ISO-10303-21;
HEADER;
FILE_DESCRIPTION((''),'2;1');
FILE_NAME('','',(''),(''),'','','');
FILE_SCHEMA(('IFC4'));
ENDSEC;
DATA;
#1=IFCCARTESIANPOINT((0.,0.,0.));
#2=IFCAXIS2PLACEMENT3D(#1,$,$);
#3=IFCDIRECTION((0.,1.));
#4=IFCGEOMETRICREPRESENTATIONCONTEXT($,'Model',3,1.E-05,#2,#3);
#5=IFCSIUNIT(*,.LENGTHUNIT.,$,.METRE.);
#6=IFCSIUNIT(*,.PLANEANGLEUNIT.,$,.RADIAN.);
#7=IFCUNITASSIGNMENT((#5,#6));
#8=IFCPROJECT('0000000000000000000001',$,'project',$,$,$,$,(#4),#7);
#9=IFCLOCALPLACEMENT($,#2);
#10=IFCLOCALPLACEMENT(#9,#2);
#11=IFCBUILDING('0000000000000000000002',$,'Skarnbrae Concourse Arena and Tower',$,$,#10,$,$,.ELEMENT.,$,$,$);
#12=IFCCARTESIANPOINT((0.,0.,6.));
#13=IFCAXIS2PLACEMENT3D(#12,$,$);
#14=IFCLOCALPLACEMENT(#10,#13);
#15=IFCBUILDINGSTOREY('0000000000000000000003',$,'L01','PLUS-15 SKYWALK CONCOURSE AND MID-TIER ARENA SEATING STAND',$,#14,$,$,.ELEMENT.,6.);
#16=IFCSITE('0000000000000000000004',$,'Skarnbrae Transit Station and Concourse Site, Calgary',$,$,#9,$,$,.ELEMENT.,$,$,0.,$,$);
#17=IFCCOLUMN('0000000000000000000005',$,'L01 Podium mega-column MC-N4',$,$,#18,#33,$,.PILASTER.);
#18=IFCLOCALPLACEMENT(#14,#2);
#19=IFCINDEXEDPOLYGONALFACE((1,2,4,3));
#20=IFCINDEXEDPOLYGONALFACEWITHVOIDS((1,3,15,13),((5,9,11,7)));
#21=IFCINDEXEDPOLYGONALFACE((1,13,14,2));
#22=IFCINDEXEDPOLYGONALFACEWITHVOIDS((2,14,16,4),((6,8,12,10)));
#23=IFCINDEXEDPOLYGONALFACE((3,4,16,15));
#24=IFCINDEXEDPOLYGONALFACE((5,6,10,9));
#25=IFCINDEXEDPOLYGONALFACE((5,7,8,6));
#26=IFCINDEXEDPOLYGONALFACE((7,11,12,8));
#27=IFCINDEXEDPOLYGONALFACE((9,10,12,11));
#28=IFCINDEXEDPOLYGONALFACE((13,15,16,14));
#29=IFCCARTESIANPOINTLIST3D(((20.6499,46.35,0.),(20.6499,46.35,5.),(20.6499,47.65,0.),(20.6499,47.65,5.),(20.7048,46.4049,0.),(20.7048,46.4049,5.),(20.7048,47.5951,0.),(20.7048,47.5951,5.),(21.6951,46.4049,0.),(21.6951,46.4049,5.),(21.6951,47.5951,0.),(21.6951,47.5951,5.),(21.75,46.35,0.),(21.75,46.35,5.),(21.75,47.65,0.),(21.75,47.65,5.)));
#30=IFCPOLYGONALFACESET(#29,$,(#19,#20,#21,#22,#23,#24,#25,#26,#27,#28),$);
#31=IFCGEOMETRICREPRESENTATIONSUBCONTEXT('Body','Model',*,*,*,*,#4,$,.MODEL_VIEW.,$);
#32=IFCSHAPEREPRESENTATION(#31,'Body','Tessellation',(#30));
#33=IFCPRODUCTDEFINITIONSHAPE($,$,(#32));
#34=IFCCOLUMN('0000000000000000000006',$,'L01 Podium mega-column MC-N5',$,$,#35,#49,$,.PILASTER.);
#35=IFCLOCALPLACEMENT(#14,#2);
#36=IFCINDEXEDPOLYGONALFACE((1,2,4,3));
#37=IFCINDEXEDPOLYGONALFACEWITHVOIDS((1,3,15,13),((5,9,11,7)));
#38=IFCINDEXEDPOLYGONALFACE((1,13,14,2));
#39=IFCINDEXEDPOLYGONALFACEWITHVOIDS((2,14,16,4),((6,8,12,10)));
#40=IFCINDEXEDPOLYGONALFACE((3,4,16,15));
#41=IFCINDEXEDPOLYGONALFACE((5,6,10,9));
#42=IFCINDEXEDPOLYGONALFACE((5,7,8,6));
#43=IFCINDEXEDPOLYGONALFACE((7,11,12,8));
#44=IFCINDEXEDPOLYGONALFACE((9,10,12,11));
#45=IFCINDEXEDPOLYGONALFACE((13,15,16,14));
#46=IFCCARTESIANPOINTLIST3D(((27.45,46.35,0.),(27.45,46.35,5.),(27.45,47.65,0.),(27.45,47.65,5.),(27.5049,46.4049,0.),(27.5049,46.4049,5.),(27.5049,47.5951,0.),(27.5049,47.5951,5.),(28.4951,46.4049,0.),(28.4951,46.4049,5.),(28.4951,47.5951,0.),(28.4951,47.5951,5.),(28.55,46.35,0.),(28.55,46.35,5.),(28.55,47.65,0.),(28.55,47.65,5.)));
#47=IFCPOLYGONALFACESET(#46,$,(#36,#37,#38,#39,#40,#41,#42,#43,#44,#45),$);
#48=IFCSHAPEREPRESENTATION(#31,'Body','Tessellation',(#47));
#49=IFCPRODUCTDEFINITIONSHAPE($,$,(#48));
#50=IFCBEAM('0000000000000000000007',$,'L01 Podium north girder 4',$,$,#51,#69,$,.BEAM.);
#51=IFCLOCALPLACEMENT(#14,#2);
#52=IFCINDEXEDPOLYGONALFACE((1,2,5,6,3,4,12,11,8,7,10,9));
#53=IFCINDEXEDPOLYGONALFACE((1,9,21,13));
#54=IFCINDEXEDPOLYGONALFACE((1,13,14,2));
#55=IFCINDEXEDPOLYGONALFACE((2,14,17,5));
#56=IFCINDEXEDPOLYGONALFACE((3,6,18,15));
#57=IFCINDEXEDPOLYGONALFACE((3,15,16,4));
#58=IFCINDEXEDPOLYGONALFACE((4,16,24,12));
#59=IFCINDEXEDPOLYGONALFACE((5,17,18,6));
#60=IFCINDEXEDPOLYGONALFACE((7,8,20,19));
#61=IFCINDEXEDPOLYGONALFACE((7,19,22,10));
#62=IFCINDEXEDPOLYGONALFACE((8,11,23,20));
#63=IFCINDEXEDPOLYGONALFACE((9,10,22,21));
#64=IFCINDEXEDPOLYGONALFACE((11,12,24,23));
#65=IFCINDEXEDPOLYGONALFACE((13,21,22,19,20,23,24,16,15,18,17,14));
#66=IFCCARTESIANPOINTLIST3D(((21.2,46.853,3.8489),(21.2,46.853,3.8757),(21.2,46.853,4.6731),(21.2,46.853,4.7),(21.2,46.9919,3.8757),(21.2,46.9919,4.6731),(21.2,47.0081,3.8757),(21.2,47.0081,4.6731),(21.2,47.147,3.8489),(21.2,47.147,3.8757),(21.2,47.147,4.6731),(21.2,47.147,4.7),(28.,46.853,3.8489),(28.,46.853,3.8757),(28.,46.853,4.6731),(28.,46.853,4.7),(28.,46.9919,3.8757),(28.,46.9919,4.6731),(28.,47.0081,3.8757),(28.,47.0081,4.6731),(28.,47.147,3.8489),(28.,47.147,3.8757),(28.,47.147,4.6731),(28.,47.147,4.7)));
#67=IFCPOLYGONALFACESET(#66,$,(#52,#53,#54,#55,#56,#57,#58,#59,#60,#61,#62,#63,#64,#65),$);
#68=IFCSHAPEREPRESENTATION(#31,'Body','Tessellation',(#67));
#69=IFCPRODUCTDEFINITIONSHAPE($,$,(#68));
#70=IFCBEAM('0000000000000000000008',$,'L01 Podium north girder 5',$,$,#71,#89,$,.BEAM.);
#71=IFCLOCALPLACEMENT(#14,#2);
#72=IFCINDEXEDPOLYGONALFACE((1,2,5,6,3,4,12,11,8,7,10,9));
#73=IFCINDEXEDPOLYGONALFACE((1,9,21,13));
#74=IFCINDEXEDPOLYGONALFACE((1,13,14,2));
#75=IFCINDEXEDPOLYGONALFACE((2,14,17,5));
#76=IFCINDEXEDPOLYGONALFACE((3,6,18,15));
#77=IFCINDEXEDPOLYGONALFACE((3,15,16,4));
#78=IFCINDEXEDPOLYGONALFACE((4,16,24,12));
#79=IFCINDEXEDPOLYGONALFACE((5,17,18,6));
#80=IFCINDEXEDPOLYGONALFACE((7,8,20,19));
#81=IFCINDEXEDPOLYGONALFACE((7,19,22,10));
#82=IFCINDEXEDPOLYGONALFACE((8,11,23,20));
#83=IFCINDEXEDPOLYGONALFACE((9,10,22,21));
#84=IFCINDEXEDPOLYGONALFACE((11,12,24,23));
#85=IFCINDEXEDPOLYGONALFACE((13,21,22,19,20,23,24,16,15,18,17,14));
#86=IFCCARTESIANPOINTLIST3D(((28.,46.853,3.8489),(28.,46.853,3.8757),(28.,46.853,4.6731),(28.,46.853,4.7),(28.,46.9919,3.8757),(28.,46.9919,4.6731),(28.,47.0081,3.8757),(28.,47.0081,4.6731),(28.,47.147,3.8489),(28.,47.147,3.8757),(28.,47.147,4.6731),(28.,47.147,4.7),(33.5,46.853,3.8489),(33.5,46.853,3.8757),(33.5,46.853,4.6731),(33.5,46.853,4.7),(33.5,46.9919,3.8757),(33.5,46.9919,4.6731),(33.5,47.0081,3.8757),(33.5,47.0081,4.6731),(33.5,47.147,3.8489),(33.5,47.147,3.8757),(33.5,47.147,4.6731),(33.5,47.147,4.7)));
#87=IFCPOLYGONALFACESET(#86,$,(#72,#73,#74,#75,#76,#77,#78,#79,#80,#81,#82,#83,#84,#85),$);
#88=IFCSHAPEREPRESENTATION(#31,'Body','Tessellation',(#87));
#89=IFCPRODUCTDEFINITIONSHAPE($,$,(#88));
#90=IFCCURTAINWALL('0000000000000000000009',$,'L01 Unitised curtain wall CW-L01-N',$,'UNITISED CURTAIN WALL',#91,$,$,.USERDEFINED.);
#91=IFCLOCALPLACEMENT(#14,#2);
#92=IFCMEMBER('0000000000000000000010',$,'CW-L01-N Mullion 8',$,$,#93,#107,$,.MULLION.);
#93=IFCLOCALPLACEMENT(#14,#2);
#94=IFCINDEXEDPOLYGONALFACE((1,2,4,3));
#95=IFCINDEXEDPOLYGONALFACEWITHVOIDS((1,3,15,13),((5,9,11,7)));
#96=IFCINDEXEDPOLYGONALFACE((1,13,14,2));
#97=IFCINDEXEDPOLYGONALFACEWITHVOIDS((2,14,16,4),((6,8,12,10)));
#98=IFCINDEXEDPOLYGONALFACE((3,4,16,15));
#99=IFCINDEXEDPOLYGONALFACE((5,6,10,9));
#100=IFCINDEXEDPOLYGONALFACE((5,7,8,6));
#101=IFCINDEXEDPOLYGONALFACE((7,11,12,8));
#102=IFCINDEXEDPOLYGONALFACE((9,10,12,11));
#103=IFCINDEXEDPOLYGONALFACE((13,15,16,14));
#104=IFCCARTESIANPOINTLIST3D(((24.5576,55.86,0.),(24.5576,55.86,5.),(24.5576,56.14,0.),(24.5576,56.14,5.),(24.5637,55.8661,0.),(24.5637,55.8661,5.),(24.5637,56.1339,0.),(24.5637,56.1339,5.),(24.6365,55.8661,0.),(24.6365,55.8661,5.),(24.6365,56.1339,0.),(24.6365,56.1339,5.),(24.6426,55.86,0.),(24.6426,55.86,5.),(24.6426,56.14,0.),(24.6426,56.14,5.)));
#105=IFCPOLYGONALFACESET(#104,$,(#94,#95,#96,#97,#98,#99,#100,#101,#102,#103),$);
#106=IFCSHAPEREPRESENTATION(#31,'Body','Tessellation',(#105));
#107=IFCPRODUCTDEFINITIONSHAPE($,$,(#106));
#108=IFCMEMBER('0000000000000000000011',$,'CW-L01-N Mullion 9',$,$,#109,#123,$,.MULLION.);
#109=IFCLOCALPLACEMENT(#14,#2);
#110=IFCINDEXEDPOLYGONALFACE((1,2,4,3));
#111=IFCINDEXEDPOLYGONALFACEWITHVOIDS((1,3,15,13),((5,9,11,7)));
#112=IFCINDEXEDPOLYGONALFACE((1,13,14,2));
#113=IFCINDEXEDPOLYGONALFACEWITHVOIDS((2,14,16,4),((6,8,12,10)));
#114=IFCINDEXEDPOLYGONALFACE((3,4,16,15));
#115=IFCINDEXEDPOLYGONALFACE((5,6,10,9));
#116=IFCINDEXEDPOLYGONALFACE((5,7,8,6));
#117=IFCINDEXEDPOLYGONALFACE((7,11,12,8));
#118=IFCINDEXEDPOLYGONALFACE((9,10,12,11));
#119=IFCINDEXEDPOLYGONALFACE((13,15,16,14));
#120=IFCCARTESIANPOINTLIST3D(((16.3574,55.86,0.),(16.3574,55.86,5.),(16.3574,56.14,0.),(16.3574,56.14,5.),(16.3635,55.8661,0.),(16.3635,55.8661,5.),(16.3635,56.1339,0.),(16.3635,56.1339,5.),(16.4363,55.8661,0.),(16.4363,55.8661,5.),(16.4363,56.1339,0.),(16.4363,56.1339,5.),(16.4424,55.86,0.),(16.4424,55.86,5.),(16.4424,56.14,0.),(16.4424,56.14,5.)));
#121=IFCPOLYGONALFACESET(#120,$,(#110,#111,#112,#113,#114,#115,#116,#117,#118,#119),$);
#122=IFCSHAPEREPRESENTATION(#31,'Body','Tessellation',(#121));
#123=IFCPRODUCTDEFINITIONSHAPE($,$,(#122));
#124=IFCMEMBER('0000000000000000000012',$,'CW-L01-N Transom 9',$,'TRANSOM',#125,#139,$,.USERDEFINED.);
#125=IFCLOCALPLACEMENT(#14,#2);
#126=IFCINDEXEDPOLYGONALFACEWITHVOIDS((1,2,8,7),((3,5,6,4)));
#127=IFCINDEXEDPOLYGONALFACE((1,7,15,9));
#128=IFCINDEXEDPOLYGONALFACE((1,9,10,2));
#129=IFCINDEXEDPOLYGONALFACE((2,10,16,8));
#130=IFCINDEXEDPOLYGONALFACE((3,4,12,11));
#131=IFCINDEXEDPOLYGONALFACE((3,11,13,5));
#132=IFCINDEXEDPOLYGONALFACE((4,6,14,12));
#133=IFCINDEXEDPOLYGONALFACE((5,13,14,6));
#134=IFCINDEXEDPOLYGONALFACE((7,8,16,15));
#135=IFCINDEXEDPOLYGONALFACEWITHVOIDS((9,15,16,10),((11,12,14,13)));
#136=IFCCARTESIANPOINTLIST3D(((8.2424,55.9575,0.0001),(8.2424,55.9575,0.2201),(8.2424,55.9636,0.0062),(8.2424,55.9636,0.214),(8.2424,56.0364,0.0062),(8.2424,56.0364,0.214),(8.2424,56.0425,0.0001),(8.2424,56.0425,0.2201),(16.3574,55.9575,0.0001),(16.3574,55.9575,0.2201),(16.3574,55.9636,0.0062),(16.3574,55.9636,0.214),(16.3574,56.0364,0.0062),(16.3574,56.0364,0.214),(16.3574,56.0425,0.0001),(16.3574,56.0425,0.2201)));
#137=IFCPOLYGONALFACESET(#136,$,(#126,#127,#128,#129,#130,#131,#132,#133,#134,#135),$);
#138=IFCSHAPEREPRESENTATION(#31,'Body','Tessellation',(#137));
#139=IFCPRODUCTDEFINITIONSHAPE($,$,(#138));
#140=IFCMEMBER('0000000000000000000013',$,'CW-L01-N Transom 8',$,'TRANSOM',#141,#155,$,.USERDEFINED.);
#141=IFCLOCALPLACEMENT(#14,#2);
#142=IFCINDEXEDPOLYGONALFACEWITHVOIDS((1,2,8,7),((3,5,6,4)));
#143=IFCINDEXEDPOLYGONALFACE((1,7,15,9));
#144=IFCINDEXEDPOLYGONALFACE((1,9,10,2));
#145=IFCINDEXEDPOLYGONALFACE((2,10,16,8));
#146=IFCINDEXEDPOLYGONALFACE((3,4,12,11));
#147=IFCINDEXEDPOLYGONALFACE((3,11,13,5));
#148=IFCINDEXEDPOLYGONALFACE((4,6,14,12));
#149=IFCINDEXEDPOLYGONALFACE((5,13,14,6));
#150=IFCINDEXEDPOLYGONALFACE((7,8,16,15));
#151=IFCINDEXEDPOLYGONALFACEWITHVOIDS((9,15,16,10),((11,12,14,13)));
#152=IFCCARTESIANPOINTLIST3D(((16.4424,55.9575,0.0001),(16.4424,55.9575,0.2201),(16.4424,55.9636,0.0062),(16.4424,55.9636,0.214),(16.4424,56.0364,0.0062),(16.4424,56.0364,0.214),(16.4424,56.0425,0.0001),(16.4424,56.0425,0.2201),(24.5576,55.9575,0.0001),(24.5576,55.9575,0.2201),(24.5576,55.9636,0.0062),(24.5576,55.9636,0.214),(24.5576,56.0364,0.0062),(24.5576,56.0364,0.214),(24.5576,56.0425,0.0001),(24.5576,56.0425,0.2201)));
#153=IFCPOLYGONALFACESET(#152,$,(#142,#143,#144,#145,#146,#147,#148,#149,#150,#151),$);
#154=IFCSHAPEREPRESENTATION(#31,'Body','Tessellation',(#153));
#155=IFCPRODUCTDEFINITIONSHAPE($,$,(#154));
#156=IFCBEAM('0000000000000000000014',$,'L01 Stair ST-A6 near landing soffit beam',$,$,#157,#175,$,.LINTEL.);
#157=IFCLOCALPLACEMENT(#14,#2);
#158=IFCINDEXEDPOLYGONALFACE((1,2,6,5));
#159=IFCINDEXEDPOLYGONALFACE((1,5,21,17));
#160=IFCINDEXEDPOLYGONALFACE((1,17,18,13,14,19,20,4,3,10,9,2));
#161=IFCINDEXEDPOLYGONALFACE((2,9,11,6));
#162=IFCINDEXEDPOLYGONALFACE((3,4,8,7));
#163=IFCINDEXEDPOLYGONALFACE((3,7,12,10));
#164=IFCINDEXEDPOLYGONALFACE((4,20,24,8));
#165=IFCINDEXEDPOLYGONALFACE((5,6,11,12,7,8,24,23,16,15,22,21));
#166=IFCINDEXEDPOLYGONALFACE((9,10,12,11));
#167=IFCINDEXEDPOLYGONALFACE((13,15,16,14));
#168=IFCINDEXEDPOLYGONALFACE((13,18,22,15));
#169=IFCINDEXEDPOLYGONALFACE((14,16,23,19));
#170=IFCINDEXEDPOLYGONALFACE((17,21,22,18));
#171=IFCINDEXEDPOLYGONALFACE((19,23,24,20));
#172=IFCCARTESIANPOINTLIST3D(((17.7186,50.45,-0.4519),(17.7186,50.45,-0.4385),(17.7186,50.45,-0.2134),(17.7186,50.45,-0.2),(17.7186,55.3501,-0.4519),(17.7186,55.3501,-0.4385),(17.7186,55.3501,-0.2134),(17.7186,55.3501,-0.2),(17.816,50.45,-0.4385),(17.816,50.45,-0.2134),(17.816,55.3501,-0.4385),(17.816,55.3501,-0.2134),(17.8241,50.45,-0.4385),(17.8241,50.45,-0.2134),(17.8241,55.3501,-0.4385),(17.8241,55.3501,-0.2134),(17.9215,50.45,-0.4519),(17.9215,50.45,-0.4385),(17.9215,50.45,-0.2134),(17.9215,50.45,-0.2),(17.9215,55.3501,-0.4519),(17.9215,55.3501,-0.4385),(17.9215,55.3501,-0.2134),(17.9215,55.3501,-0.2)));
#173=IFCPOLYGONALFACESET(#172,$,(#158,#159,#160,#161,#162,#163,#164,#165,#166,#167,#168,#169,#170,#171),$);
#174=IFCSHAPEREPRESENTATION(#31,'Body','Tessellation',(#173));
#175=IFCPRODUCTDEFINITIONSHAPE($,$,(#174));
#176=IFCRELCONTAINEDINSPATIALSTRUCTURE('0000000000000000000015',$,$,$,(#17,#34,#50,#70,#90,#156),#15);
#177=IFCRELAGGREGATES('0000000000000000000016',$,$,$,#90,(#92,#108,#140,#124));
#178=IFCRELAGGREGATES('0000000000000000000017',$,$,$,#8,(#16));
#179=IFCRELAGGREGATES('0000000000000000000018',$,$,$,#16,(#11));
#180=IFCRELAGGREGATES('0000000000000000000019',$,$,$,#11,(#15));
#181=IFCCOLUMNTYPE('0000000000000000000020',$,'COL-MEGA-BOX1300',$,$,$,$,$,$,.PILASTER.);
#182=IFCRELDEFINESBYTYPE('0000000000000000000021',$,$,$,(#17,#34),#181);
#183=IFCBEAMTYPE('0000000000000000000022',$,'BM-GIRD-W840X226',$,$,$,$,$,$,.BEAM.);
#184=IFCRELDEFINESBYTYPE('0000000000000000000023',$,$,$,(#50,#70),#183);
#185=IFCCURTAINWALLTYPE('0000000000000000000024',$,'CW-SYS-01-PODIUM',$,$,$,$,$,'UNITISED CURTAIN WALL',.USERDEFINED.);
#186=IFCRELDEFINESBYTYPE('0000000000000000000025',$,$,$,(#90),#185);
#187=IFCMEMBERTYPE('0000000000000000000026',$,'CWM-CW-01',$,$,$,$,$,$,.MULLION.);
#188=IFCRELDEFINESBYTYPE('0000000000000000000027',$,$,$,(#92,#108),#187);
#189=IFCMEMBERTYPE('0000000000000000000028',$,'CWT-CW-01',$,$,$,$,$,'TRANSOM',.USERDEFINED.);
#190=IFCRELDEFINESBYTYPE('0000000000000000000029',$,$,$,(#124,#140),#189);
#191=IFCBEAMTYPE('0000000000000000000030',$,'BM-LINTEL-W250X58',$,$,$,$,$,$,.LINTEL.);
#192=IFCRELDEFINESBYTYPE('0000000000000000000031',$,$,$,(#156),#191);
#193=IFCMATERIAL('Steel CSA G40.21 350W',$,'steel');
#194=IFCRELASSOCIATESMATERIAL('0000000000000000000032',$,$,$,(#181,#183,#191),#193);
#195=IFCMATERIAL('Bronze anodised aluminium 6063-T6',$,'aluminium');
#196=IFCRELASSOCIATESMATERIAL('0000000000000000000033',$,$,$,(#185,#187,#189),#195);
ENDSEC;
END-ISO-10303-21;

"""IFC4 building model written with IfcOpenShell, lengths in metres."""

from ifc_helpers import new_model, si_unit, direction, frame, origin, origin_2d, place, context, subcontext, project, spatial, hollow_rectangle, i_section, extrude, source, transform, mapped, material, material_profile, profile_set, type_object, element, aggregate, save


model = new_model("IFC4")

# Units and contexts
model_context = context("Model", 3, precision=1e-05, world=origin(), true_north=direction((0.0, 1.0)))
body_context = subcontext(model_context, "Body", "Model", "MODEL_VIEW")
ifc_project = project(units=[si_unit("LENGTHUNIT", "METRE"), si_unit("PLANEANGLEUNIT", "RADIAN")], contexts=[model_context])

# Site, building, storey
site_placement = place(None, origin())
site = spatial("IfcSite", under=ifc_project, at=site_placement, Name="Skarnbrae Transit Station and Concourse Site, Calgary", CompositionType="ELEMENT", RefElevation=0.0)
building_placement = place(site_placement, origin())
building = spatial("IfcBuilding", under=site, at=building_placement, Name="Skarnbrae Concourse Arena and Tower", CompositionType="ELEMENT")
storey_placement = place(building_placement, frame((0.0, 0.0, 6.0)))
storey = spatial("IfcBuildingStorey", under=building, at=storey_placement, Name="L01", Description="PLUS-15 SKYWALK CONCOURSE AND MID-TIER ARENA SEATING STAND", CompositionType="ELEMENT", Elevation=6.0)

# Columns
ifc_material_1 = material(Name="Steel CSA G40.21 350W", Category="steel")
ifc_material_profile_1 = material_profile(ifc_material_1, hollow_rectangle(XDim=1.1001, YDim=1.3, WallThickness=0.0549, at=origin_2d()), Name="BOX1300X1100X55")
ifc_profile_set_1 = profile_set([ifc_material_profile_1], Name="Steel CSA G40.21 350W")
column_type = type_object("IfcColumnType", Name="COL-MEGA-BOX1300", PredefinedType="PILASTER", material=ifc_profile_set_1)
shared_shape_1 = source(origin(), body_context, "Body", "SweptSolid", [
    extrude(hollow_rectangle(XDim=1.1001, YDim=1.3, WallThickness=0.0549, at=origin_2d()), origin(), (0.0, 0.0, 1.0), 5.0),
])
for number, where, z_axis, x_axis, name in (
    (1, (21.2, 47.0, 0.0), (0.0, 0.0, 1.0), (1.0, 0.0, 0.0), "L01 Podium mega-column MC-N4"),
    (2, (28.0, 47.0, 0.0), (0.0, 0.0, 1.0), (1.0, 0.0, 0.0), "L01 Podium mega-column MC-N5"),
):
    element("IfcColumn", number, at=place(storey_placement, frame(where, z_axis=z_axis, x_axis=x_axis)), inside=storey, type_object=column_type, Name=name, PredefinedType="PILASTER", context=body_context, shape_type="MappedRepresentation", body=[
        mapped(shared_shape_1, transform((0.0, 0.0, 0.0))),
    ])

# Beams
ifc_material_profile_2 = material_profile(ifc_material_1, i_section(OverallWidth=0.2939, OverallDepth=0.8511, WebThickness=0.0161, FlangeThickness=0.0269, at=origin_2d()), Name="W840X226")
ifc_profile_set_2 = profile_set([ifc_material_profile_2], Name="Steel CSA G40.21 350W")
beam_type_1 = type_object("IfcBeamType", Name="BM-GIRD-W840X226", PredefinedType="BEAM", material=ifc_profile_set_2)
shared_shape_2 = source(origin(), body_context, "Body", "SweptSolid", [
    extrude(i_section(OverallWidth=0.2939, OverallDepth=0.8511, WebThickness=0.0161, FlangeThickness=0.0269, at=origin_2d()), origin(), (0.0, 0.0, 1.0), 6.8),
])
beam_1_placement = place(storey_placement, frame((21.2, 47.0, 4.2744), z_axis=(1.0, 0.0, 0.0), x_axis=(0.0, 1.0, 0.0)))
element("IfcBeam", 3, at=beam_1_placement, inside=storey, type_object=beam_type_1, Name="L01 Podium north girder 4", PredefinedType="BEAM", context=body_context, shape_type="MappedRepresentation", body=[
    mapped(shared_shape_2, transform((0.0, 0.0, 0.0))),
])
shared_shape_3 = source(origin(), body_context, "Body", "SweptSolid", [
    extrude(i_section(OverallWidth=0.2939, OverallDepth=0.8511, WebThickness=0.0161, FlangeThickness=0.0269, at=origin_2d()), origin(), (0.0, 0.0, 1.0), 5.5),
])
beam_2_placement = place(storey_placement, frame((28.0, 47.0, 4.2744), z_axis=(1.0, 0.0, 0.0), x_axis=(0.0, 1.0, 0.0)))
element("IfcBeam", 4, at=beam_2_placement, inside=storey, type_object=beam_type_1, Name="L01 Podium north girder 5", PredefinedType="BEAM", context=body_context, shape_type="MappedRepresentation", body=[
    mapped(shared_shape_3, transform((0.0, 0.0, 0.0))),
])

# Curtain wall, members
ifc_material_2 = material(Name="Bronze anodised aluminium 6063-T6", Category="aluminium")
curtain_wall_type = type_object("IfcCurtainWallType", Name="CW-SYS-01-PODIUM", ElementType="UNITISED CURTAIN WALL", PredefinedType="USERDEFINED", material=ifc_material_2)
curtain_wall_placement = place(storey_placement, origin())
curtain_wall = element("IfcCurtainWall", 5, at=curtain_wall_placement, inside=storey, type_object=curtain_wall_type, Name="L01 Unitised curtain wall CW-L01-N", ObjectType="UNITISED CURTAIN WALL", PredefinedType="USERDEFINED")
ifc_material_profile_3 = material_profile(ifc_material_2, hollow_rectangle(XDim=0.085, YDim=0.28, WallThickness=0.0061, at=origin_2d()), Name="ALU-MULL-85X280")
ifc_profile_set_3 = profile_set([ifc_material_profile_3], Name="Bronze anodised aluminium 6063-T6")
member_type_1 = type_object("IfcMemberType", Name="CWM-CW-01", PredefinedType="MULLION", material=ifc_profile_set_3)
shared_shape_4 = source(origin(), body_context, "Body", "SweptSolid", [
    extrude(hollow_rectangle(XDim=0.085, YDim=0.28, WallThickness=0.0061, at=origin_2d()), origin(), (0.0, 0.0, 1.0), 5.0),
])
member_1_placement = place(storey_placement, frame((24.6001, 56.0, 0.0), z_axis=(0.0, 0.0, 1.0), x_axis=(-1.0, 0.0, 0.0)))
member_1 = element("IfcMember", 6, at=member_1_placement, type_object=member_type_1, Name="CW-L01-N Mullion 8", PredefinedType="MULLION", context=body_context, shape_type="MappedRepresentation", body=[
    mapped(shared_shape_4, transform((0.0, 0.0, 0.0))),
])
member_2_placement = place(storey_placement, frame((16.3999, 56.0, 0.0), z_axis=(0.0, 0.0, 1.0), x_axis=(-1.0, 0.0, 0.0)))
member_2 = element("IfcMember", 7, at=member_2_placement, type_object=member_type_1, Name="CW-L01-N Mullion 9", PredefinedType="MULLION", context=body_context, shape_type="MappedRepresentation", body=[
    mapped(shared_shape_4, transform((0.0, 0.0, 0.0))),
])
ifc_material_profile_4 = material_profile(ifc_material_2, hollow_rectangle(XDim=0.085, YDim=0.22, WallThickness=0.0061, at=origin_2d()), Name="ALU-TRAN-85X220")
ifc_profile_set_4 = profile_set([ifc_material_profile_4], Name="Bronze anodised aluminium 6063-T6")
member_type_2 = type_object("IfcMemberType", Name="CWT-CW-01", ElementType="TRANSOM", PredefinedType="USERDEFINED", material=ifc_profile_set_4)
shared_shape_5 = source(origin(), body_context, "Body", "SweptSolid", [
    extrude(hollow_rectangle(XDim=0.085, YDim=0.22, WallThickness=0.0061, at=origin_2d()), origin(), (0.0, 0.0, 1.0), 8.115),
])
member_3_placement = place(storey_placement, frame((16.3574, 56.0, 0.1101), z_axis=(-1.0, 0.0, 0.0), x_axis=(0.0, -1.0, 0.0)))
member_3 = element("IfcMember", 8, at=member_3_placement, type_object=member_type_2, Name="CW-L01-N Transom 9", ObjectType="TRANSOM", PredefinedType="USERDEFINED", context=body_context, shape_type="MappedRepresentation", body=[
    mapped(shared_shape_5, transform((0.0, 0.0, 0.0))),
])
shared_shape_6 = source(origin(), body_context, "Body", "SweptSolid", [
    extrude(hollow_rectangle(XDim=0.085, YDim=0.22, WallThickness=0.0061, at=origin_2d()), origin(), (0.0, 0.0, 1.0), 8.1152),
])
member_4_placement = place(storey_placement, frame((24.5576, 56.0, 0.1101), z_axis=(-1.0, 0.0, 0.0), x_axis=(0.0, -1.0, 0.0)))
member_4 = element("IfcMember", 9, at=member_4_placement, type_object=member_type_2, Name="CW-L01-N Transom 8", ObjectType="TRANSOM", PredefinedType="USERDEFINED", context=body_context, shape_type="MappedRepresentation", body=[
    mapped(shared_shape_6, transform((0.0, 0.0, 0.0))),
])

# Beam
ifc_material_profile_5 = material_profile(ifc_material_1, i_section(OverallWidth=0.2029, OverallDepth=0.252, WebThickness=0.0081, FlangeThickness=0.0134, at=origin_2d()), Name="W250X58")
ifc_profile_set_5 = profile_set([ifc_material_profile_5], Name="Steel CSA G40.21 350W")
beam_type_2 = type_object("IfcBeamType", Name="BM-LINTEL-W250X58", PredefinedType="LINTEL", material=ifc_profile_set_5)
shared_shape_7 = source(origin(), body_context, "Body", "SweptSolid", [
    extrude(i_section(OverallWidth=0.2029, OverallDepth=0.252, WebThickness=0.0081, FlangeThickness=0.0134, at=origin_2d()), origin(), (0.0, 0.0, 1.0), 4.9001),
])
for number, where, z_axis, x_axis, name in (
    (10, (17.8201, 50.45, -0.3259), (0.0, 1.0, 0.0), (-1.0, 0.0, 0.0), "L01 Stair ST-A6 near landing soffit beam"),
):
    element("IfcBeam", number, at=place(storey_placement, frame(where, z_axis=z_axis, x_axis=x_axis)), inside=storey, type_object=beam_type_2, Name=name, PredefinedType="LINTEL", context=body_context, shape_type="MappedRepresentation", body=[
        mapped(shared_shape_7, transform((0.0, 0.0, 0.0))),
    ])

aggregate(curtain_wall, [member_1, member_2, member_4, member_3])

save(model, "model.ifc")
